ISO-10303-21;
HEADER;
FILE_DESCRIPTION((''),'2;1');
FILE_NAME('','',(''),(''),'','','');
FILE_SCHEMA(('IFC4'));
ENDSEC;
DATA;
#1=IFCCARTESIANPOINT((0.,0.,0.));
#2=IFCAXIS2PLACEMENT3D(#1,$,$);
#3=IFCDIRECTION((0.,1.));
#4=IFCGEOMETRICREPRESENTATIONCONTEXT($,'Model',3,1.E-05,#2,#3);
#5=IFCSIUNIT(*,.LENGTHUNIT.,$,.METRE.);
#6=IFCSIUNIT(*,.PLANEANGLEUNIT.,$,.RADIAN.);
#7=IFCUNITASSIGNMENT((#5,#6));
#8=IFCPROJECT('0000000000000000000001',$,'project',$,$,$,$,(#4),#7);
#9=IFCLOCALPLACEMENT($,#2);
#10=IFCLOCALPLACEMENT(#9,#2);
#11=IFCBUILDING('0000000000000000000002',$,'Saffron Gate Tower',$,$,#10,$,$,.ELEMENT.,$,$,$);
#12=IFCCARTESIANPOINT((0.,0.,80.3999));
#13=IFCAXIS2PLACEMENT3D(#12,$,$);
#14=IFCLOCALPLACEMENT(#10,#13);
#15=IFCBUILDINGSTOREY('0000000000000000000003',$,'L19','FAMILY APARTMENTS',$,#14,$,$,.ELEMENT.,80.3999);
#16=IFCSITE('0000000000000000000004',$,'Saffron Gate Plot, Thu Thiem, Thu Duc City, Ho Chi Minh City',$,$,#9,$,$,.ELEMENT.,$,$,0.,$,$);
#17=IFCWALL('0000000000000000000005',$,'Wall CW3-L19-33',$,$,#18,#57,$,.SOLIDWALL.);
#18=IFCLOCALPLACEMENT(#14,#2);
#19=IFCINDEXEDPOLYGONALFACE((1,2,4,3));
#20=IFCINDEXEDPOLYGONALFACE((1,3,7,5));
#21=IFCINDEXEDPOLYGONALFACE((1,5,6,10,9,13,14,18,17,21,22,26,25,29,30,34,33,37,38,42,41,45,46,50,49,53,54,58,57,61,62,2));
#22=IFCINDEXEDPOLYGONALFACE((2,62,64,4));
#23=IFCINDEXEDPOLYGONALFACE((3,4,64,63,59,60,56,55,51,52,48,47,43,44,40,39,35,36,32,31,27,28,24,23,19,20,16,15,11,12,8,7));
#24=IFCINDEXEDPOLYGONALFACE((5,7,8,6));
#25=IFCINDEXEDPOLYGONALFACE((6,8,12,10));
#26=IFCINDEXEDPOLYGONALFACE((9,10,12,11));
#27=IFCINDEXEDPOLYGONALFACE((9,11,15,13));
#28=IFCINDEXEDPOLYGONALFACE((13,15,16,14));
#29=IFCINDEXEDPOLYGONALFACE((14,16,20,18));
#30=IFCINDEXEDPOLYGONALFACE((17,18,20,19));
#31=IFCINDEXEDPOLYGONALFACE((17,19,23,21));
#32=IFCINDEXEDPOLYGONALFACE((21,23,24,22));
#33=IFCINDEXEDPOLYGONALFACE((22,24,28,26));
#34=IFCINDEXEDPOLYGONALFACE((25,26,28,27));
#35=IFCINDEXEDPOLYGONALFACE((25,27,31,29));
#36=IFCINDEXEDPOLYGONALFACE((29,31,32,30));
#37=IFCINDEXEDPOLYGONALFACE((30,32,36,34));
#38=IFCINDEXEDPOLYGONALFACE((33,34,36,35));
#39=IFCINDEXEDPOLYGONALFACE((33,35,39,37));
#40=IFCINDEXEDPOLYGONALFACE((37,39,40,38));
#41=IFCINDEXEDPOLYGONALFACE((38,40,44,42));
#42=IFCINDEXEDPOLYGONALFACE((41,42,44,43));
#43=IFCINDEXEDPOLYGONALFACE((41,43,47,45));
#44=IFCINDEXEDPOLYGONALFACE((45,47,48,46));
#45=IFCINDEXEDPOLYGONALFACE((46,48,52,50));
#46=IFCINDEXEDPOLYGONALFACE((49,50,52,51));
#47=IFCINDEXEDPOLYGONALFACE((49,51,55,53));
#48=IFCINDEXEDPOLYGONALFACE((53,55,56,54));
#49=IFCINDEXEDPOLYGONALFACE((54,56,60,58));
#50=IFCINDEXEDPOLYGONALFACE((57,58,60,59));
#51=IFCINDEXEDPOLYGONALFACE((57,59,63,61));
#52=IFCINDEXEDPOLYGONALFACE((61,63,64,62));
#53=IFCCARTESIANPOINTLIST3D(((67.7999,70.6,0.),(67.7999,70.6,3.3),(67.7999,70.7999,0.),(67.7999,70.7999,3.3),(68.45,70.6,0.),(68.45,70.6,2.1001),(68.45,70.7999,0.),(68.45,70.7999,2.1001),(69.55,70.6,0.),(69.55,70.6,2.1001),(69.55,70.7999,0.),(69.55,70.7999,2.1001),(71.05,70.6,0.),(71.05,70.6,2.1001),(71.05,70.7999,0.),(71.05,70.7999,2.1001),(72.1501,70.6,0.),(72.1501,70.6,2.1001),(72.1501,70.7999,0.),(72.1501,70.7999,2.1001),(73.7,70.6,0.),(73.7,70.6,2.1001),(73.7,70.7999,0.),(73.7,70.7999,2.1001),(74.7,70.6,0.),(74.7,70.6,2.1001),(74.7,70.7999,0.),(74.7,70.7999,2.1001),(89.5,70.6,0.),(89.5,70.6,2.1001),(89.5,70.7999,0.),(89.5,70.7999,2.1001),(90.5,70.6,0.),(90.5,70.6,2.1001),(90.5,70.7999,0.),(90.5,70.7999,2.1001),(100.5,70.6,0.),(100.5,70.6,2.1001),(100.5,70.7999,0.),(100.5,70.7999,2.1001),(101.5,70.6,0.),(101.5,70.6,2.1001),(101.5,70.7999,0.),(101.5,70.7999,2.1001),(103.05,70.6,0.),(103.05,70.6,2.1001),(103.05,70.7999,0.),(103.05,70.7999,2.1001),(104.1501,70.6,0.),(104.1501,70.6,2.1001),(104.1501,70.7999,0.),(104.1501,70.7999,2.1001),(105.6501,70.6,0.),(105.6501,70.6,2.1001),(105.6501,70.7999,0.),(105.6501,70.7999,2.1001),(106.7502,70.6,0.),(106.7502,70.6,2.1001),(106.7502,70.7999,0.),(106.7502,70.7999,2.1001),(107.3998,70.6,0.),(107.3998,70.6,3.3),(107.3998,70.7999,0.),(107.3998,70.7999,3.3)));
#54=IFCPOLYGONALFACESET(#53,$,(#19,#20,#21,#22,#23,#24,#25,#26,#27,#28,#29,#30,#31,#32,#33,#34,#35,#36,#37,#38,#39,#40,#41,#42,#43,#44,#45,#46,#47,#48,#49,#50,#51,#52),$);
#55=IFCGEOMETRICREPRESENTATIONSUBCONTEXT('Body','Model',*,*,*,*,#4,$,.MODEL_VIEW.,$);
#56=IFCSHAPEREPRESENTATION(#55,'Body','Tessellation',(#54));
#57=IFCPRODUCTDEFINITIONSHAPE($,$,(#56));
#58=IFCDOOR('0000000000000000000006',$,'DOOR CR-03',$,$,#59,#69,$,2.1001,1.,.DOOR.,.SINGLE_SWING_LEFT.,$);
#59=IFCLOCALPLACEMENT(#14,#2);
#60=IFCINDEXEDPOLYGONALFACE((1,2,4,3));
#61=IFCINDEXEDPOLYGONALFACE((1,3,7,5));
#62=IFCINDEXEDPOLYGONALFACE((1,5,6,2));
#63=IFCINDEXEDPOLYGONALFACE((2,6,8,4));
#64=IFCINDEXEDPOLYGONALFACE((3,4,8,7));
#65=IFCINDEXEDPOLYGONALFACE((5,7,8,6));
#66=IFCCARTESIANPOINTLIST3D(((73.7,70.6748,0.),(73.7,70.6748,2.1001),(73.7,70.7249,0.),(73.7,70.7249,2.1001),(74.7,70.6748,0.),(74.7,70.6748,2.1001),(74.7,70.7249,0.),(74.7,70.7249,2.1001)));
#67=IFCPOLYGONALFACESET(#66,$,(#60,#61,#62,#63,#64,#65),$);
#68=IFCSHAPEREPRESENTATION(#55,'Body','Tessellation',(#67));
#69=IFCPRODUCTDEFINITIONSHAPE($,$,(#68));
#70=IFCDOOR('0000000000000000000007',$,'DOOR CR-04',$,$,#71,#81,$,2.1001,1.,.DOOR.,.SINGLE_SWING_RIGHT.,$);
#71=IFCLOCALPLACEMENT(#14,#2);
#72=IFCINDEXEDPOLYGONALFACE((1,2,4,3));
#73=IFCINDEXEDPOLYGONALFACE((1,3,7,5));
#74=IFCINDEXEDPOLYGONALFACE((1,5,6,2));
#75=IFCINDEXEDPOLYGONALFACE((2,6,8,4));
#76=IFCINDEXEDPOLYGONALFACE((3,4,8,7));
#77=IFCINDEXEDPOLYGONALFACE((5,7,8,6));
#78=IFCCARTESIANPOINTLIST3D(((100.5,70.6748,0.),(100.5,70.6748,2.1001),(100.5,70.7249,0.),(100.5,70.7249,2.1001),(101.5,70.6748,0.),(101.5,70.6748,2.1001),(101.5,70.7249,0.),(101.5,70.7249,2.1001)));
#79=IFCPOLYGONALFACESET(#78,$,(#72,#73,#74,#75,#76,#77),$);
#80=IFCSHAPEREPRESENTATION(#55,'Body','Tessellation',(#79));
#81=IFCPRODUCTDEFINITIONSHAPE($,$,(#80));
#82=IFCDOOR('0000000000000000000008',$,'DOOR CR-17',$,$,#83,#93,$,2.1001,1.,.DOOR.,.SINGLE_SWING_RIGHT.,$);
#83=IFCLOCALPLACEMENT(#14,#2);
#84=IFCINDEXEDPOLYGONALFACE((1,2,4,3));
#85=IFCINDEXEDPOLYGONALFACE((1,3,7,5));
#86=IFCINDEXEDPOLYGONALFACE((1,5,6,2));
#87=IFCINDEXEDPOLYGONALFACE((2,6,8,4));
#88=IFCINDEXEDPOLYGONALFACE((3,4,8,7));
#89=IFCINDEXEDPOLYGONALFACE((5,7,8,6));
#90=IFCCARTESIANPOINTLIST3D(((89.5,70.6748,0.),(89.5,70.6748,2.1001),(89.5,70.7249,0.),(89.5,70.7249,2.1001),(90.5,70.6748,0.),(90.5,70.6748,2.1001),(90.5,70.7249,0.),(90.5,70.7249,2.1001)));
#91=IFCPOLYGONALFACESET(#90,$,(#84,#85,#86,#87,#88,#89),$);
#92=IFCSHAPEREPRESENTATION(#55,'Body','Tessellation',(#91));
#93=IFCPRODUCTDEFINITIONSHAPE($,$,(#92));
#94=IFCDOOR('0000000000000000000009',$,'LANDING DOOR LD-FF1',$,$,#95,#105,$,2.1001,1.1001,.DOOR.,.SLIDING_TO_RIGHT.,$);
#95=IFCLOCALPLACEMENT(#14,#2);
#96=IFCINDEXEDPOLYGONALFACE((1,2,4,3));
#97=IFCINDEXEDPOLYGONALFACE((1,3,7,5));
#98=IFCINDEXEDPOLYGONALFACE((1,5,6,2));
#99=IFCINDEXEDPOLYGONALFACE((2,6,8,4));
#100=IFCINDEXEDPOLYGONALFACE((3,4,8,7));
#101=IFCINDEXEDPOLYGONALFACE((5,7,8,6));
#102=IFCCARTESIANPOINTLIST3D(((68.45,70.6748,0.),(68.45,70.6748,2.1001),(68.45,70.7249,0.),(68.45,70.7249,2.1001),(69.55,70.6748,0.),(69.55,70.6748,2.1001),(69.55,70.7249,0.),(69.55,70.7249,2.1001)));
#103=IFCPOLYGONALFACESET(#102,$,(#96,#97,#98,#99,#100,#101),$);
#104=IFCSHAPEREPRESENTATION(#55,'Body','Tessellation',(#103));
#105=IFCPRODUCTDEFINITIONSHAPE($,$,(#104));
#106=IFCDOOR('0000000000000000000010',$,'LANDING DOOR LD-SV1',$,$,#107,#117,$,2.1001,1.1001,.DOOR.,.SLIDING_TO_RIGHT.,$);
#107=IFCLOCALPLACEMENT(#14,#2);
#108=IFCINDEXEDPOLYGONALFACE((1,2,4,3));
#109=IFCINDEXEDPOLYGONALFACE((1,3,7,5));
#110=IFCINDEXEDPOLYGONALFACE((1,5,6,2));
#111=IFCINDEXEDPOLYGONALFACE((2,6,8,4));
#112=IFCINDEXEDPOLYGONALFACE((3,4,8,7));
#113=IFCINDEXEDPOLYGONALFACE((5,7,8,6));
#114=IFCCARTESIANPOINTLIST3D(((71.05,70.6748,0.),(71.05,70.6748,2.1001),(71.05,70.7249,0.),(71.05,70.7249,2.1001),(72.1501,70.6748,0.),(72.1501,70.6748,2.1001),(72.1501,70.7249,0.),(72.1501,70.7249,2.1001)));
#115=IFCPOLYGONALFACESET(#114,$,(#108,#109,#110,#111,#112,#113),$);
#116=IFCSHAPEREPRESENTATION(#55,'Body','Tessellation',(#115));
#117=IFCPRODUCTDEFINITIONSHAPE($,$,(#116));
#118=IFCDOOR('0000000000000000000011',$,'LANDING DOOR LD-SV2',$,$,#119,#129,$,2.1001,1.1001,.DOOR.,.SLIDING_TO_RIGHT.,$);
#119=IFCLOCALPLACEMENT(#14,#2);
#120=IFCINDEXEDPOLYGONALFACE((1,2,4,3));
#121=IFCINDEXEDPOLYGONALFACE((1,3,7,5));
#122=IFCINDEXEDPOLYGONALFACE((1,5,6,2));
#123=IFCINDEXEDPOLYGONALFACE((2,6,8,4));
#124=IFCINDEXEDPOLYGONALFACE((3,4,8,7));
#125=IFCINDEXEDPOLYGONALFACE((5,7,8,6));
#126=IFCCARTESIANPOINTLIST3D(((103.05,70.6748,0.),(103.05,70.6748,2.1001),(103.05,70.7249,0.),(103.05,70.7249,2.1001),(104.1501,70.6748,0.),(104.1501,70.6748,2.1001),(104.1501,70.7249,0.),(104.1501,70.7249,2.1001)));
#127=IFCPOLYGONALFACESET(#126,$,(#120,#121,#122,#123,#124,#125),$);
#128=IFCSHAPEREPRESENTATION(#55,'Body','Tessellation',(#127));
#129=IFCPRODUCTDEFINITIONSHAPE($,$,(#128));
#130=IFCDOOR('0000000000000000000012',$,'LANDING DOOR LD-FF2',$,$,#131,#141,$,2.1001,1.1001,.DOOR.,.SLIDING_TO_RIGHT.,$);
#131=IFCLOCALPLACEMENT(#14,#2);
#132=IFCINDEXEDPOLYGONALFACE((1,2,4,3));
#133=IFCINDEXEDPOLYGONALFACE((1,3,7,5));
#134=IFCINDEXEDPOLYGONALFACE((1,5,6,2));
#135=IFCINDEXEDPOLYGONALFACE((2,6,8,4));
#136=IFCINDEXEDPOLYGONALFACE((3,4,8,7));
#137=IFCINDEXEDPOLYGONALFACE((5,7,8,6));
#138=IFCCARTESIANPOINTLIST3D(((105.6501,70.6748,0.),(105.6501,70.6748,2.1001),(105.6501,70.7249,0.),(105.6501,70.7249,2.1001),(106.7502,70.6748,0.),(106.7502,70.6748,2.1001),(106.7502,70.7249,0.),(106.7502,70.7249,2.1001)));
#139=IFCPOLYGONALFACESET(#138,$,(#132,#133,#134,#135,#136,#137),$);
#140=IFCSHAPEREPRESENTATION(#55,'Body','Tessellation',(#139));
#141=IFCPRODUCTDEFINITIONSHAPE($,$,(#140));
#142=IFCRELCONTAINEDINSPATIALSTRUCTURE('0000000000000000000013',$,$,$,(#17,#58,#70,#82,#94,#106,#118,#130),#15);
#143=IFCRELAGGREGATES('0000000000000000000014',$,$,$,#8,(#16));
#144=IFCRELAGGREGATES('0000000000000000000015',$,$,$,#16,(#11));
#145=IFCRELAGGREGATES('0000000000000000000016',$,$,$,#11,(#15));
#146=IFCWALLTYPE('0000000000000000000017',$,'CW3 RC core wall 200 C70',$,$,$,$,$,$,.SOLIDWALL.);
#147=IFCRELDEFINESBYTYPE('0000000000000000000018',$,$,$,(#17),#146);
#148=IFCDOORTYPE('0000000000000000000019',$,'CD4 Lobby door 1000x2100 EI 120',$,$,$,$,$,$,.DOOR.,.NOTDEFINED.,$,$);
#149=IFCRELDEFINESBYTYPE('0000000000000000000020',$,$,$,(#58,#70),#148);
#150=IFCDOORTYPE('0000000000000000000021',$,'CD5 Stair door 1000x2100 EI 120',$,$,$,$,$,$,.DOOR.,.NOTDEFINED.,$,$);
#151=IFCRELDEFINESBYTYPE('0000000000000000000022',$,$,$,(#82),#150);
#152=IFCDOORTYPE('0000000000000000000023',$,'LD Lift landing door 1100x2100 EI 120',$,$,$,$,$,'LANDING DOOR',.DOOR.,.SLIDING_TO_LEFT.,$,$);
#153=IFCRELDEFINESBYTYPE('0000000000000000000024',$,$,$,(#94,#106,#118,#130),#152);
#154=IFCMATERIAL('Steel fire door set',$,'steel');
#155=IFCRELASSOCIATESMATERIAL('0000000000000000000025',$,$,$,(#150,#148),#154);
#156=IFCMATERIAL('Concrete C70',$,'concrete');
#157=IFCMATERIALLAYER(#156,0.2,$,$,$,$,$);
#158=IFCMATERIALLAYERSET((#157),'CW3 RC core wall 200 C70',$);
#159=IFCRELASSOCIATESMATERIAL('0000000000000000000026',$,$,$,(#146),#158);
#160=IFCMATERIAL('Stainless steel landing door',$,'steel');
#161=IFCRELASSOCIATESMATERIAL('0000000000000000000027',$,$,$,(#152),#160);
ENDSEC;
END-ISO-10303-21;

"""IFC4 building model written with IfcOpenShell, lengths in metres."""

from ifc_helpers import new_model, si_unit, direction, frame, frame_2d, origin, place, context, subcontext, project, spatial, rectangle, extrude, material, layer, layer_set, type_object, element, fill, save


model = new_model("IFC4")

# Units and contexts
model_context = context("Model", 3, precision=1e-05, world=origin(), true_north=direction((0.0, 1.0)))
body_context = subcontext(model_context, "Body", "Model", "MODEL_VIEW")
ifc_project = project(units=[si_unit("LENGTHUNIT", "METRE"), si_unit("PLANEANGLEUNIT", "RADIAN")], contexts=[model_context])

# Site, building, storey
site_placement = place(None, origin())
site = spatial("IfcSite", under=ifc_project, at=site_placement, Name="Saffron Gate Plot, Thu Thiem, Thu Duc City, Ho Chi Minh City", CompositionType="ELEMENT", RefElevation=0.0)
building_placement = place(site_placement, origin())
building = spatial("IfcBuilding", under=site, at=building_placement, Name="Saffron Gate Tower", CompositionType="ELEMENT")
storey_placement = place(building_placement, frame((0.0, 0.0, 80.3999)))
storey = spatial("IfcBuildingStorey", under=building, at=storey_placement, Name="L19", Description="FAMILY APARTMENTS", CompositionType="ELEMENT", Elevation=80.3999)

# Shared definitions
ifc_material_1 = material(Name="Concrete C70", Category="concrete")

# Wall, openings, doors
ifc_material_2 = material(Name="Steel fire door set", Category="steel")
door_type_1 = type_object("IfcDoorType", Name="CD5 Stair door 1000x2100 EI 120", OperationType="NOTDEFINED", PredefinedType="DOOR", material=ifc_material_2)
ifc_layer_1 = layer(ifc_material_1, 0.2)
ifc_layer_set_1 = layer_set([ifc_layer_1], Name="CW3 RC core wall 200 C70")
wall_type_1 = type_object("IfcWallType", Name="CW3 RC core wall 200 C70", PredefinedType="SOLIDWALL", material=ifc_layer_set_1)
wall_1_placement = place(storey_placement, frame((67.8, 70.7, 0.0), z_axis=(0.0, 0.0, 1.0), x_axis=(1.0, 0.0, 0.0)))
wall_1 = element("IfcWall", 1, at=wall_1_placement, inside=storey, type_object=wall_type_1, Name="Wall CW3-L19-33", PredefinedType="SOLIDWALL", context=body_context, shape_type="SweptSolid", body=[
    extrude(rectangle(XDim=39.5999, YDim=0.2, at=frame_2d((19.7998, 0.0))), origin(), (0.0, 0.0, 1.0), 3.3),
])
opening_1_placement = place(wall_1_placement, frame((0.6499, 0.0, 0.0)))
opening_1 = element("IfcOpeningElement", 2, at=opening_1_placement, cuts=wall_1, PredefinedType="OPENING", context=body_context, shape_type="SweptSolid", body=[
    extrude(rectangle(XDim=1.1001, YDim=2.1001, at=frame_2d((0.55, 1.05))), frame((0.0, 0.1099, 0.0), z_axis=(0.0, -1.0, 0.0), x_axis=(1.0, 0.0, 0.0)), (0.0, 0.0, 1.0), 0.22),
])
opening_2_placement = place(wall_1_placement, frame((3.25, 0.0, 0.0)))
opening_2 = element("IfcOpeningElement", 3, at=opening_2_placement, cuts=wall_1, PredefinedType="OPENING", context=body_context, shape_type="SweptSolid", body=[
    extrude(rectangle(XDim=1.1001, YDim=2.1001, at=frame_2d((0.55, 1.05))), frame((0.0, 0.1099, 0.0), z_axis=(0.0, -1.0, 0.0), x_axis=(1.0, 0.0, 0.0)), (0.0, 0.0, 1.0), 0.22),
])
opening_3_placement = place(wall_1_placement, frame((5.8999, 0.0, 0.0)))
opening_3 = element("IfcOpeningElement", 4, at=opening_3_placement, cuts=wall_1, PredefinedType="OPENING", context=body_context, shape_type="SweptSolid", body=[
    extrude(rectangle(XDim=1.0, YDim=2.1001, at=frame_2d((0.5, 1.05))), frame((0.0, 0.1099, 0.0), z_axis=(0.0, -1.0, 0.0), x_axis=(1.0, 0.0, 0.0)), (0.0, 0.0, 1.0), 0.22),
])
opening_4_placement = place(wall_1_placement, frame((21.7, 0.0, 0.0)))
opening_4 = element("IfcOpeningElement", 5, at=opening_4_placement, cuts=wall_1, PredefinedType="OPENING", context=body_context, shape_type="SweptSolid", body=[
    extrude(rectangle(XDim=1.0, YDim=2.1001, at=frame_2d((0.5, 1.05))), frame((0.0, 0.1099, 0.0), z_axis=(0.0, -1.0, 0.0), x_axis=(1.0, 0.0, 0.0)), (0.0, 0.0, 1.0), 0.22),
])
opening_5_placement = place(wall_1_placement, frame((32.7, 0.0, 0.0)))
opening_5 = element("IfcOpeningElement", 6, at=opening_5_placement, cuts=wall_1, PredefinedType="OPENING", context=body_context, shape_type="SweptSolid", body=[
    extrude(rectangle(XDim=1.0, YDim=2.1001, at=frame_2d((0.5, 1.05))), frame((0.0, 0.1099, 0.0), z_axis=(0.0, -1.0, 0.0), x_axis=(1.0, 0.0, 0.0)), (0.0, 0.0, 1.0), 0.22),
])
opening_6_placement = place(wall_1_placement, frame((35.25, 0.0, 0.0)))
opening_6 = element("IfcOpeningElement", 7, at=opening_6_placement, cuts=wall_1, PredefinedType="OPENING", context=body_context, shape_type="SweptSolid", body=[
    extrude(rectangle(XDim=1.1001, YDim=2.1001, at=frame_2d((0.55, 1.05))), frame((0.0, 0.1099, 0.0), z_axis=(0.0, -1.0, 0.0), x_axis=(1.0, 0.0, 0.0)), (0.0, 0.0, 1.0), 0.22),
])
opening_7_placement = place(wall_1_placement, frame((37.8501, 0.0, 0.0)))
opening_7 = element("IfcOpeningElement", 8, at=opening_7_placement, cuts=wall_1, PredefinedType="OPENING", context=body_context, shape_type="SweptSolid", body=[
    extrude(rectangle(XDim=1.1001, YDim=2.1001, at=frame_2d((0.55, 1.05))), frame((0.0, 0.1099, 0.0), z_axis=(0.0, -1.0, 0.0), x_axis=(1.0, 0.0, 0.0)), (0.0, 0.0, 1.0), 0.22),
])
door_type_2 = type_object("IfcDoorType", Name="CD4 Lobby door 1000x2100 EI 120", OperationType="NOTDEFINED", PredefinedType="DOOR", material=ifc_material_2)
door_1_placement = place(opening_3_placement, origin())
door_1 = element("IfcDoor", 9, at=door_1_placement, inside=storey, type_object=door_type_2, Name="DOOR CR-03", OperationType="SINGLE_SWING_LEFT", OverallHeight=2.1001, OverallWidth=1.0, PredefinedType="DOOR", context=body_context, shape_type="SweptSolid", body=[
    extrude(rectangle(XDim=1.0, YDim=2.1001, at=frame_2d((0.5, 1.05))), frame((0.0, 0.0249, 0.0), z_axis=(0.0, -1.0, 0.0), x_axis=(1.0, 0.0, 0.0)), (0.0, 0.0, 1.0), 0.05),
])
fill(opening_3, door_1)
door_2_placement = place(opening_5_placement, origin())
door_2 = element("IfcDoor", 10, at=door_2_placement, inside=storey, type_object=door_type_2, Name="DOOR CR-04", OperationType="SINGLE_SWING_RIGHT", OverallHeight=2.1001, OverallWidth=1.0, PredefinedType="DOOR", context=body_context, shape_type="SweptSolid", body=[
    extrude(rectangle(XDim=1.0, YDim=2.1001, at=frame_2d((0.5, 1.05))), frame((0.0, 0.0249, 0.0), z_axis=(0.0, -1.0, 0.0), x_axis=(1.0, 0.0, 0.0)), (0.0, 0.0, 1.0), 0.05),
])
fill(opening_5, door_2)
door_3_placement = place(opening_4_placement, origin())
door_3 = element("IfcDoor", 11, at=door_3_placement, inside=storey, type_object=door_type_1, Name="DOOR CR-17", OperationType="SINGLE_SWING_RIGHT", OverallHeight=2.1001, OverallWidth=1.0, PredefinedType="DOOR", context=body_context, shape_type="SweptSolid", body=[
    extrude(rectangle(XDim=1.0, YDim=2.1001, at=frame_2d((0.5, 1.05))), frame((0.0, 0.0249, 0.0), z_axis=(0.0, -1.0, 0.0), x_axis=(1.0, 0.0, 0.0)), (0.0, 0.0, 1.0), 0.05),
])
fill(opening_4, door_3)
ifc_material_3 = material(Name="Stainless steel landing door", Category="steel")
door_type_3 = type_object("IfcDoorType", Name="LD Lift landing door 1100x2100 EI 120", ElementType="LANDING DOOR", OperationType="SLIDING_TO_LEFT", PredefinedType="DOOR", material=ifc_material_3)
door_4_placement = place(opening_1_placement, origin())
door_4 = element("IfcDoor", 12, at=door_4_placement, inside=storey, type_object=door_type_3, Name="LANDING DOOR LD-FF1", OperationType="SLIDING_TO_RIGHT", OverallHeight=2.1001, OverallWidth=1.1001, PredefinedType="DOOR", context=body_context, shape_type="SweptSolid", body=[
    extrude(rectangle(XDim=1.1001, YDim=2.1001, at=frame_2d((0.55, 1.05))), frame((0.0, 0.0249, 0.0), z_axis=(0.0, -1.0, 0.0), x_axis=(1.0, 0.0, 0.0)), (0.0, 0.0, 1.0), 0.05),
])
fill(opening_1, door_4)
door_5_placement = place(opening_2_placement, origin())
door_5 = element("IfcDoor", 13, at=door_5_placement, inside=storey, type_object=door_type_3, Name="LANDING DOOR LD-SV1", OperationType="SLIDING_TO_RIGHT", OverallHeight=2.1001, OverallWidth=1.1001, PredefinedType="DOOR", context=body_context, shape_type="SweptSolid", body=[
    extrude(rectangle(XDim=1.1001, YDim=2.1001, at=frame_2d((0.55, 1.05))), frame((0.0, 0.0249, 0.0), z_axis=(0.0, -1.0, 0.0), x_axis=(1.0, 0.0, 0.0)), (0.0, 0.0, 1.0), 0.05),
])
fill(opening_2, door_5)
door_6_placement = place(opening_6_placement, origin())
door_6 = element("IfcDoor", 14, at=door_6_placement, inside=storey, type_object=door_type_3, Name="LANDING DOOR LD-SV2", OperationType="SLIDING_TO_RIGHT", OverallHeight=2.1001, OverallWidth=1.1001, PredefinedType="DOOR", context=body_context, shape_type="SweptSolid", body=[
    extrude(rectangle(XDim=1.1001, YDim=2.1001, at=frame_2d((0.55, 1.05))), frame((0.0, 0.0249, 0.0), z_axis=(0.0, -1.0, 0.0), x_axis=(1.0, 0.0, 0.0)), (0.0, 0.0, 1.0), 0.05),
])
fill(opening_6, door_6)
door_7_placement = place(opening_7_placement, origin())
door_7 = element("IfcDoor", 15, at=door_7_placement, inside=storey, type_object=door_type_3, Name="LANDING DOOR LD-FF2", OperationType="SLIDING_TO_RIGHT", OverallHeight=2.1001, OverallWidth=1.1001, PredefinedType="DOOR", context=body_context, shape_type="SweptSolid", body=[
    extrude(rectangle(XDim=1.1001, YDim=2.1001, at=frame_2d((0.55, 1.05))), frame((0.0, 0.0249, 0.0), z_axis=(0.0, -1.0, 0.0), x_axis=(1.0, 0.0, 0.0)), (0.0, 0.0, 1.0), 0.05),
])
fill(opening_7, door_7)

save(model, "model.ifc")
